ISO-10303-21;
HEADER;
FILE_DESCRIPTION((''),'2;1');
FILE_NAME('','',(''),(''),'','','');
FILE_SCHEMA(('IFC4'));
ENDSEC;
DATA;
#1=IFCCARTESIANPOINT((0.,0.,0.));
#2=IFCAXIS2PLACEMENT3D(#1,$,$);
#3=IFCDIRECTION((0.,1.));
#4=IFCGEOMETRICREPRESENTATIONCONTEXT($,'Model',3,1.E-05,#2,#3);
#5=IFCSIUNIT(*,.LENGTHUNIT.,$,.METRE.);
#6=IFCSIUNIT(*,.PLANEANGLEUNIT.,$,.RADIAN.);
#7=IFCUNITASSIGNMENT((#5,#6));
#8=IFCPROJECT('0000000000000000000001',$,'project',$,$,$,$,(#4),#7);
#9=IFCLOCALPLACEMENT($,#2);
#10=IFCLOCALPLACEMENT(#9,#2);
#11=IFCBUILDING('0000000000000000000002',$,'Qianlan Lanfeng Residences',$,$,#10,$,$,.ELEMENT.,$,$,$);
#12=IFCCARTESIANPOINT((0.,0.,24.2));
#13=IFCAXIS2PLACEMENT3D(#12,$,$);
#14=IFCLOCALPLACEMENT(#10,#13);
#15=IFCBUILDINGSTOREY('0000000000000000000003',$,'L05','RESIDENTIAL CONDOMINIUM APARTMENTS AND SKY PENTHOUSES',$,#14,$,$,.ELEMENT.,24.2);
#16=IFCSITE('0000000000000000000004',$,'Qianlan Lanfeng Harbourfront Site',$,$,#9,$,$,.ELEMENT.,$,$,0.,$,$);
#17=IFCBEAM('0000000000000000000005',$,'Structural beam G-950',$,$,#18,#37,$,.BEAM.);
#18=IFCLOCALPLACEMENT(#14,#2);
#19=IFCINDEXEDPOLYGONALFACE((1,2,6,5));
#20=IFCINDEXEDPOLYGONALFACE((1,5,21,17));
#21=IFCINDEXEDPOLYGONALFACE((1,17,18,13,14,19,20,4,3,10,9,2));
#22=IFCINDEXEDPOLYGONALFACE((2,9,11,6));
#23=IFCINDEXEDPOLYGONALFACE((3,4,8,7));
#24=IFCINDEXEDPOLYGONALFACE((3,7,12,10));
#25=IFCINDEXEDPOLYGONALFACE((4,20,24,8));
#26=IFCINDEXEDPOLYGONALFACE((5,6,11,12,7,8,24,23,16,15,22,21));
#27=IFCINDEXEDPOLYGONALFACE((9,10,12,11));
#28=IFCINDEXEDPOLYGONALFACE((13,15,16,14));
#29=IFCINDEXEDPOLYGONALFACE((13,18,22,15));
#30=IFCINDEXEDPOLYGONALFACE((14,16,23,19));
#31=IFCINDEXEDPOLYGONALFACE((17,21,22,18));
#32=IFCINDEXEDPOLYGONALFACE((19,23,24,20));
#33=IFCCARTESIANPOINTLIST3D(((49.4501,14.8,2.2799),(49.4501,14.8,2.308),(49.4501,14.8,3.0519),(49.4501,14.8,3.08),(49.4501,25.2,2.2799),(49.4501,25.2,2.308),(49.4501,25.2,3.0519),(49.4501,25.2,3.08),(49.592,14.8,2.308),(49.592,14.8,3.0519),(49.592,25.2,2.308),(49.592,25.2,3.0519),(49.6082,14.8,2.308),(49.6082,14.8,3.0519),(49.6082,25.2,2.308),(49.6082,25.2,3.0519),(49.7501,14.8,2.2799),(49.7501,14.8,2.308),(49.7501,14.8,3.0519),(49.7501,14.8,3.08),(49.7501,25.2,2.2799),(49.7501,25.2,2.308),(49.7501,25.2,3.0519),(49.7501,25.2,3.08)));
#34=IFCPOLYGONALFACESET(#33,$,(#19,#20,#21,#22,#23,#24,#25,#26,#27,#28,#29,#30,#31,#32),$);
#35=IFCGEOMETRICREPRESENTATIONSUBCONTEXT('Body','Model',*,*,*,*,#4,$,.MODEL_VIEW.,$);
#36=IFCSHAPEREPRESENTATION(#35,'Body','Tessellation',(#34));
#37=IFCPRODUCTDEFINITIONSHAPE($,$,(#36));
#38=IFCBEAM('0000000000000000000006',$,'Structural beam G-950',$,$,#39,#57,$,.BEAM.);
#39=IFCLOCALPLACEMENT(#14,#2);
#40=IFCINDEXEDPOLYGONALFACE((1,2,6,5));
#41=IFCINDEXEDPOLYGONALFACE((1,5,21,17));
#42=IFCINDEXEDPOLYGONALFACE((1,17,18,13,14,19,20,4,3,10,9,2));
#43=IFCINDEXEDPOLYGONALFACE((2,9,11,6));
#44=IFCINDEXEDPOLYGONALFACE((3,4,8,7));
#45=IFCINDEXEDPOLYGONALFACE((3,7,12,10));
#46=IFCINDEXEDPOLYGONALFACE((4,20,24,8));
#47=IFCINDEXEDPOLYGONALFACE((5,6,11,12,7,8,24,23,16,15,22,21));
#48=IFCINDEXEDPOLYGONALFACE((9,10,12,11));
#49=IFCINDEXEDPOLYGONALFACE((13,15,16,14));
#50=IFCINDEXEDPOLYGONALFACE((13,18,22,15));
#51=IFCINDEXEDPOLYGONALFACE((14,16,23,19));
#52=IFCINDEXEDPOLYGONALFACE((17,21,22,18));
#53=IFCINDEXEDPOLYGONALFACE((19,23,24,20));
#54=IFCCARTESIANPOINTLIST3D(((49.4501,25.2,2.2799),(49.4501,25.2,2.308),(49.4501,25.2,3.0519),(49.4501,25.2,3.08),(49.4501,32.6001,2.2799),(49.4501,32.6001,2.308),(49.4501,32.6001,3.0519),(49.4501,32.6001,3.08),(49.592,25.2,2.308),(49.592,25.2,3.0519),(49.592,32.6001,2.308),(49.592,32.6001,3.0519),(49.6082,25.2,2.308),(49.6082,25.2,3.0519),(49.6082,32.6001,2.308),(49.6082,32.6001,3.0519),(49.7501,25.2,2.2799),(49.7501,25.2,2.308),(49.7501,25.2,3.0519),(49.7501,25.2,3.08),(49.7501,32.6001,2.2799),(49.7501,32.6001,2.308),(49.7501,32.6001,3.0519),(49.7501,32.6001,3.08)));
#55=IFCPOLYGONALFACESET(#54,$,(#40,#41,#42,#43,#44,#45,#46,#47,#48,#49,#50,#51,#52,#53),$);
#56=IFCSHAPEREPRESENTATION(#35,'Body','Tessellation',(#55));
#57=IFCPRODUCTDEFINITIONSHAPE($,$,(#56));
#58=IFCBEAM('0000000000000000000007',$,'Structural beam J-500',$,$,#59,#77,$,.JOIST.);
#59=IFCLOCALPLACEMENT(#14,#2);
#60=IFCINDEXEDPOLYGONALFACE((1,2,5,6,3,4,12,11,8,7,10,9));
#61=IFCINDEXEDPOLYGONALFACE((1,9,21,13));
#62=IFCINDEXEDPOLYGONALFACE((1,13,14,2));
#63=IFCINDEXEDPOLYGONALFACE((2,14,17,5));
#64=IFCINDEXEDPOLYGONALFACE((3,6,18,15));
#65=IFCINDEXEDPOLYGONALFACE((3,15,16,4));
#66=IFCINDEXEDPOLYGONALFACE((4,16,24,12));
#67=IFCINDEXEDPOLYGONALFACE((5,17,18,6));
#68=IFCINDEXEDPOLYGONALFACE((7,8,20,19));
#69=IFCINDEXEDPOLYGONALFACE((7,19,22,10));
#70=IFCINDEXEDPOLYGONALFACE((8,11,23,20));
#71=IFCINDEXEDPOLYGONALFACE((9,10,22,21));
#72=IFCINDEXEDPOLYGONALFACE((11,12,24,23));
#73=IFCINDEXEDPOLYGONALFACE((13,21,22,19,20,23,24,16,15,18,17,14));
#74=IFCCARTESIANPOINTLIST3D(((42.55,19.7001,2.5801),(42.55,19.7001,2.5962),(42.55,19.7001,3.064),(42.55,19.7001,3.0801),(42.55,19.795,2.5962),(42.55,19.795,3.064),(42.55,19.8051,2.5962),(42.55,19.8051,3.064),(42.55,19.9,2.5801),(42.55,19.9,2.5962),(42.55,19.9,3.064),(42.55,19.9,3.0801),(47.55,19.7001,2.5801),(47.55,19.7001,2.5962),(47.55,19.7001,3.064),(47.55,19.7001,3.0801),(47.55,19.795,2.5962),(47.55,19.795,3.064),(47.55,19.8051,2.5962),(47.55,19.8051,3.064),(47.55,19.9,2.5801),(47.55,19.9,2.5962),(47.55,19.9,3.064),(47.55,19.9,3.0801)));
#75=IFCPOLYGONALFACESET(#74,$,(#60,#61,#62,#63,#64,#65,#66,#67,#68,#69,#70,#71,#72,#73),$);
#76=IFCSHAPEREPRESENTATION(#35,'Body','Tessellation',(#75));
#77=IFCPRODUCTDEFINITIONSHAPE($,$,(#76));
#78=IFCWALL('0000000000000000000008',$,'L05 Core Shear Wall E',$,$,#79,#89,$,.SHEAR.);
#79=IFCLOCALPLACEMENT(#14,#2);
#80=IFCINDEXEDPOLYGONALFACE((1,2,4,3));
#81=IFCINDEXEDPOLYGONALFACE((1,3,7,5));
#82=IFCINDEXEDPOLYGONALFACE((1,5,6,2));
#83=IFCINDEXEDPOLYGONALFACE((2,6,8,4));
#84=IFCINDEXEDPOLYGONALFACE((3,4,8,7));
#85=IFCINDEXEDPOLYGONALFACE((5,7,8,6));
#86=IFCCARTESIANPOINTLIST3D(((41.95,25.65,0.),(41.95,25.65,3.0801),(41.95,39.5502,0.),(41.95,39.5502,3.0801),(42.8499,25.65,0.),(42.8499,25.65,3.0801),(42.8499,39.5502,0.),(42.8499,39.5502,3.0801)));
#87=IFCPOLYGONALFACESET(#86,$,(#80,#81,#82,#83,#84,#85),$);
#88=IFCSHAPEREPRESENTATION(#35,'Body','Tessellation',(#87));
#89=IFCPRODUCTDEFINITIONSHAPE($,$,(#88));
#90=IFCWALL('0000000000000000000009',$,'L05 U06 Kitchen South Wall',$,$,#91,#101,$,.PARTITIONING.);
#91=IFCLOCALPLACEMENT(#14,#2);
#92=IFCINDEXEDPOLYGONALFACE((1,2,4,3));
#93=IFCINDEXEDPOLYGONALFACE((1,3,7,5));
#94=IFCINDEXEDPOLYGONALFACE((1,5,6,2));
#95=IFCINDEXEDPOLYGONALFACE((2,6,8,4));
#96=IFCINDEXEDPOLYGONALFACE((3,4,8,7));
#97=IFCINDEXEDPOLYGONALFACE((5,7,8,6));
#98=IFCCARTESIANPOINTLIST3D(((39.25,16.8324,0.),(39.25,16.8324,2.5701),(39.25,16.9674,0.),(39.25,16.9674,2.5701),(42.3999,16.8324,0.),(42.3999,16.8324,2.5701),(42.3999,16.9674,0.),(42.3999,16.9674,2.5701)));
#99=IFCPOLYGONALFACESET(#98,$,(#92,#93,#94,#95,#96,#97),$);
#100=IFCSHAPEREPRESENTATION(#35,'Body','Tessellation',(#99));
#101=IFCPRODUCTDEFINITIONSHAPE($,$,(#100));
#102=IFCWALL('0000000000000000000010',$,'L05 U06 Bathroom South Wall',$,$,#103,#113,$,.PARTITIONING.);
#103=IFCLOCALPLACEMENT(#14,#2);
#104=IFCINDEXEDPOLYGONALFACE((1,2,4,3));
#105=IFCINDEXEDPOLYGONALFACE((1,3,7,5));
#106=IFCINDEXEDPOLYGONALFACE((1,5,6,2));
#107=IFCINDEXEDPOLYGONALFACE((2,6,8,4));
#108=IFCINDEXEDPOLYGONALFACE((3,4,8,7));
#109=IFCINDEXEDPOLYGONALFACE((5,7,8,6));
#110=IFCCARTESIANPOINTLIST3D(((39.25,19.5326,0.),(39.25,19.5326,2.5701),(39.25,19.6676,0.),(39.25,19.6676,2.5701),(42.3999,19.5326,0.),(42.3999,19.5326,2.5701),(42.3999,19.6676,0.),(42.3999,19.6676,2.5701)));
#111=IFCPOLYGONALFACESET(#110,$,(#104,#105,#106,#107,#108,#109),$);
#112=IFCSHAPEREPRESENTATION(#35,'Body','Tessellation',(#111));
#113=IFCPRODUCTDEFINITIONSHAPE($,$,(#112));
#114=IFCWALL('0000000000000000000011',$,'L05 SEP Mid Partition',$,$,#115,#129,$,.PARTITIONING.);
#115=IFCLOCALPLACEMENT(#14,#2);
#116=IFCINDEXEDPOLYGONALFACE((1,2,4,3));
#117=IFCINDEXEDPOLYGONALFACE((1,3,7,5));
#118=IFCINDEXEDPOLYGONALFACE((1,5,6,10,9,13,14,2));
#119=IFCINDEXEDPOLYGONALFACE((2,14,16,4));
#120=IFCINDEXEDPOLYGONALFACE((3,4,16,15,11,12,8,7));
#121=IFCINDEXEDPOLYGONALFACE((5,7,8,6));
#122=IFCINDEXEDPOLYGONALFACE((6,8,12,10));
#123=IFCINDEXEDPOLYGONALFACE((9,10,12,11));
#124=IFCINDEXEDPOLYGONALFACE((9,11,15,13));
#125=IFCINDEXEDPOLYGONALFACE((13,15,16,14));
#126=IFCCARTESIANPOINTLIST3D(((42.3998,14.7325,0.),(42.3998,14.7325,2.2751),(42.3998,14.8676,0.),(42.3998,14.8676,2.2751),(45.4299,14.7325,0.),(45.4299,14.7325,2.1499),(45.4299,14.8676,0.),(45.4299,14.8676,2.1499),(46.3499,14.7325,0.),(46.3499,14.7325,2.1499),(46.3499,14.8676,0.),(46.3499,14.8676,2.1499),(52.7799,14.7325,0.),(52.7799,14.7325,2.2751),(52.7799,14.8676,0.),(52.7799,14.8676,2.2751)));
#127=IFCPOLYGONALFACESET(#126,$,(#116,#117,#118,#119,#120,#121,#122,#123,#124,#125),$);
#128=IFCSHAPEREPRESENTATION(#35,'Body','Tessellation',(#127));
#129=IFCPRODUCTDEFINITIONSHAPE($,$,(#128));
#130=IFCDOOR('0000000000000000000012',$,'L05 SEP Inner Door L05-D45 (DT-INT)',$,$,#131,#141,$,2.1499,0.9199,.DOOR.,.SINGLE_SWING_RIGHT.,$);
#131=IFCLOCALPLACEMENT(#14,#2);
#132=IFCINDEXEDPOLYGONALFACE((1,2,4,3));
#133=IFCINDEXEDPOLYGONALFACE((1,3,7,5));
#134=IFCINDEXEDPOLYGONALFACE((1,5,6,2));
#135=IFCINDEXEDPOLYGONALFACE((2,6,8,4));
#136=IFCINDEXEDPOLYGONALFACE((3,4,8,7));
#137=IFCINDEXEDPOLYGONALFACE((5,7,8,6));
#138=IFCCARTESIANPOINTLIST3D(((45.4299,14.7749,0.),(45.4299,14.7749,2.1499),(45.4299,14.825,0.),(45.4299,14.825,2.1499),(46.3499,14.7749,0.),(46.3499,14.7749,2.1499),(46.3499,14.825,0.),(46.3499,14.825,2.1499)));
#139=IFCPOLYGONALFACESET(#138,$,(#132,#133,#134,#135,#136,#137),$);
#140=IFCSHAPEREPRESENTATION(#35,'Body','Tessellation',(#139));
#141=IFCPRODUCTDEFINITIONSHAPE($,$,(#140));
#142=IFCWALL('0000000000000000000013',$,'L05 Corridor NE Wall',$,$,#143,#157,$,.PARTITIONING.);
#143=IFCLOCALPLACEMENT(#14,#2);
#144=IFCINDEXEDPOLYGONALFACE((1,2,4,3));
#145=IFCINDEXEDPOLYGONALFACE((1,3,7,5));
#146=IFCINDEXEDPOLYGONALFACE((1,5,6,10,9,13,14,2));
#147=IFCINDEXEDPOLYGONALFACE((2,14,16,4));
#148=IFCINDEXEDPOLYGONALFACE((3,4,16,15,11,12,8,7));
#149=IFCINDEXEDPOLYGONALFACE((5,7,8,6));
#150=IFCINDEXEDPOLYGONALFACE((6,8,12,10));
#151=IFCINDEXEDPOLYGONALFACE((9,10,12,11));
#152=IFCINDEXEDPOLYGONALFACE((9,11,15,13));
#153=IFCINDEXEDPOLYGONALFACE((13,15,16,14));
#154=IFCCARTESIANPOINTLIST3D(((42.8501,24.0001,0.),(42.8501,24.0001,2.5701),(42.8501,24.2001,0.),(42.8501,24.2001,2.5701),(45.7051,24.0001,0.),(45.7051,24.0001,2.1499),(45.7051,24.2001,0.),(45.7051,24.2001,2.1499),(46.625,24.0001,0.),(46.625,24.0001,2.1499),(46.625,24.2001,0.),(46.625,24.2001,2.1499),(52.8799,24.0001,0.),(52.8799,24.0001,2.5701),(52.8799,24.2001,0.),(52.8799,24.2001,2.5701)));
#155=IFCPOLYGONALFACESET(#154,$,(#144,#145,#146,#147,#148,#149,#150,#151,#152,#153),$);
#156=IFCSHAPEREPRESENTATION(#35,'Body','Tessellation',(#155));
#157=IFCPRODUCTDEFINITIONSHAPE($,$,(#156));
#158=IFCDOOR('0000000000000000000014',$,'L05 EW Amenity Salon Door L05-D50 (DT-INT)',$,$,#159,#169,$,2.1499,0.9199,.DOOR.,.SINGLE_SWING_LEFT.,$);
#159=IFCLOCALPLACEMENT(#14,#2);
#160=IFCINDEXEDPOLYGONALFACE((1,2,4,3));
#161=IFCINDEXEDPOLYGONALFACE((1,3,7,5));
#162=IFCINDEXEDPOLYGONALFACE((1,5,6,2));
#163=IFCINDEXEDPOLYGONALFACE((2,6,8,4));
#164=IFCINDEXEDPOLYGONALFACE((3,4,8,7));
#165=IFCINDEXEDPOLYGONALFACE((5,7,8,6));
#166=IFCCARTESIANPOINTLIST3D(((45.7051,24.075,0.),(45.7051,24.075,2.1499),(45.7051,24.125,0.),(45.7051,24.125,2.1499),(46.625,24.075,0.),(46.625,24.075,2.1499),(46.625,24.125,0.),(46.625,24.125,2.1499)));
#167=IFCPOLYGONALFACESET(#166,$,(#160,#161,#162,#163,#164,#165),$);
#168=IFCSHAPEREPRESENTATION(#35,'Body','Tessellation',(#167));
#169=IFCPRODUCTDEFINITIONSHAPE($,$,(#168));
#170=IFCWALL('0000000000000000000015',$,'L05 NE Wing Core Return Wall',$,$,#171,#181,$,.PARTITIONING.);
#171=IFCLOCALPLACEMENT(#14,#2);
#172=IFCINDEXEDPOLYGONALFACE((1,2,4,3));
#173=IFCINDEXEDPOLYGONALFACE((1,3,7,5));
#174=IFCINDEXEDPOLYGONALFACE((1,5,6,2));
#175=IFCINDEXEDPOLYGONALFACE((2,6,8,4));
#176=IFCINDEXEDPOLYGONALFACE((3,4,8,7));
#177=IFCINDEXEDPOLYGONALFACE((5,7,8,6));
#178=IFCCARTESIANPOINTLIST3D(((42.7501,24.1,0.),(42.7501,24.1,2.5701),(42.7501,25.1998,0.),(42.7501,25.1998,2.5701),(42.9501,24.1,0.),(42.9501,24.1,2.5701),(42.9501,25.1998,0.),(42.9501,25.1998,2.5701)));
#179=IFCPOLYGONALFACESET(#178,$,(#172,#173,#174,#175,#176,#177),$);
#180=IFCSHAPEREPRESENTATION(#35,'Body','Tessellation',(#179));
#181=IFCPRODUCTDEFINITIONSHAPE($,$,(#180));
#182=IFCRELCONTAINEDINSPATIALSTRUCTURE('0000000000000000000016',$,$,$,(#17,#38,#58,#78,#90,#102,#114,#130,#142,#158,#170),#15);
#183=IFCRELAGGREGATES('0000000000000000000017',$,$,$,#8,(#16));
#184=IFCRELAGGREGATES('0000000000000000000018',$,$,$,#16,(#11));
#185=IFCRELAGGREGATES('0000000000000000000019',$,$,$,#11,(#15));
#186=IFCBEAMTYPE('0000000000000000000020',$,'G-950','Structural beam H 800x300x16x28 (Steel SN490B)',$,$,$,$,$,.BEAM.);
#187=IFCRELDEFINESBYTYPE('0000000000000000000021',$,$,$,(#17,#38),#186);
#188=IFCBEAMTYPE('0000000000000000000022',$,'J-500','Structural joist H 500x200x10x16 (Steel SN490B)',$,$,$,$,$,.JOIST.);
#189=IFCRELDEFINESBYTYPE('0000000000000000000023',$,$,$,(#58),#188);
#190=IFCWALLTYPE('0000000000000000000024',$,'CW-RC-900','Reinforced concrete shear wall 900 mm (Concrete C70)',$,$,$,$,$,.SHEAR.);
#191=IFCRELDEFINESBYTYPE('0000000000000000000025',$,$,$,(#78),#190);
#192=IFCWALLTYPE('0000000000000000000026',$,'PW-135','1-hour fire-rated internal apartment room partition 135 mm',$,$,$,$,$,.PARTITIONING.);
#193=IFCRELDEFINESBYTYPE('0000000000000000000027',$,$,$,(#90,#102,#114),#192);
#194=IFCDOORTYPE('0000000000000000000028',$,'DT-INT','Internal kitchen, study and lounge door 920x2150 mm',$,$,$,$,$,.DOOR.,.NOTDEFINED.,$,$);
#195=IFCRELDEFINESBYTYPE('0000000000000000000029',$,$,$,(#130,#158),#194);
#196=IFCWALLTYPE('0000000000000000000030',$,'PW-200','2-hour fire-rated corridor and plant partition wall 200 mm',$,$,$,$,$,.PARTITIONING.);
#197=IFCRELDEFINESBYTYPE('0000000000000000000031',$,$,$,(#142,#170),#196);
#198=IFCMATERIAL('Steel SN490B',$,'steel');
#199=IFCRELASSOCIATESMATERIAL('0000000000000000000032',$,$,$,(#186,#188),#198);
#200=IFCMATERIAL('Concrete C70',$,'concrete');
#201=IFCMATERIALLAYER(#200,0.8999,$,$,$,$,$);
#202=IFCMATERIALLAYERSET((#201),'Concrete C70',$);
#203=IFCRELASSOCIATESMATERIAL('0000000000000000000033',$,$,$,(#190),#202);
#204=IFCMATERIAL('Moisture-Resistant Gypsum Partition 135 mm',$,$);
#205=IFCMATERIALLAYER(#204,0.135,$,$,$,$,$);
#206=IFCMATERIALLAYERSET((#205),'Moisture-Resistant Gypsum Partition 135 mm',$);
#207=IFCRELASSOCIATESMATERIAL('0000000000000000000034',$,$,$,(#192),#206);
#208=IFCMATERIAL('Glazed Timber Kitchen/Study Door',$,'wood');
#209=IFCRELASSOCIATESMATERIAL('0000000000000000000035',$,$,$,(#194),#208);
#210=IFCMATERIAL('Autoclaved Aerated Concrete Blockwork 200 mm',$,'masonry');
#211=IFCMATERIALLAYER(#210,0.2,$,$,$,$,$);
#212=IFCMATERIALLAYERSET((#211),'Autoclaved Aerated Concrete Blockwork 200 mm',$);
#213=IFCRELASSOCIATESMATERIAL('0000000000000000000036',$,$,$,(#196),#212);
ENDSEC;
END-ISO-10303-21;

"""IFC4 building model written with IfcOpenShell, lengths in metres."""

from ifc_helpers import new_model, si_unit, direction, frame, frame_2d, origin, origin_2d, place, context, subcontext, project, spatial, rectangle, i_section, extrude, material, layer, layer_set, material_profile, profile_set, type_object, element, fill, save


model = new_model("IFC4")

# Units and contexts
model_context = context("Model", 3, precision=1e-05, world=origin(), true_north=direction((0.0, 1.0)))
body_context = subcontext(model_context, "Body", "Model", "MODEL_VIEW")
ifc_project = project(units=[si_unit("LENGTHUNIT", "METRE"), si_unit("PLANEANGLEUNIT", "RADIAN")], contexts=[model_context])

# Site, building, storey
site_placement = place(None, origin())
site = spatial("IfcSite", under=ifc_project, at=site_placement, Name="Qianlan Lanfeng Harbourfront Site", CompositionType="ELEMENT", RefElevation=0.0)
building_placement = place(site_placement, origin())
building = spatial("IfcBuilding", under=site, at=building_placement, Name="Qianlan Lanfeng Residences", CompositionType="ELEMENT")
storey_placement = place(building_placement, frame((0.0, 0.0, 24.2)))
storey = spatial("IfcBuildingStorey", under=building, at=storey_placement, Name="L05", Description="RESIDENTIAL CONDOMINIUM APARTMENTS AND SKY PENTHOUSES", CompositionType="ELEMENT", Elevation=24.2)

# Beams
ifc_material_1 = material(Name="Steel SN490B", Category="steel")
ifc_material_profile_1 = material_profile(ifc_material_1, i_section(OverallWidth=0.3, OverallDepth=0.8, WebThickness=0.0161, FlangeThickness=0.0281, at=origin_2d()), Name="H 800x300x16x28")
ifc_profile_set_1 = profile_set([ifc_material_profile_1], Name="Steel SN490B")
beam_type_1 = type_object("IfcBeamType", Name="G-950", Description="Structural beam H 800x300x16x28 (Steel SN490B)", PredefinedType="BEAM", material=ifc_profile_set_1)
beam_1_placement = place(storey_placement, frame((49.6001, 14.8, 2.6799), z_axis=(0.0, 1.0, 0.0), x_axis=(-1.0, 0.0, 0.0)))
element("IfcBeam", 1, at=beam_1_placement, inside=storey, type_object=beam_type_1, Name="Structural beam G-950", PredefinedType="BEAM", context=body_context, shape_type="SweptSolid", body=[
    extrude(i_section(OverallWidth=0.3, OverallDepth=0.8, WebThickness=0.0161, FlangeThickness=0.0281, at=origin_2d()), origin(), (0.0, 0.0, 1.0), 10.3999),
])
beam_2_placement = place(storey_placement, frame((49.6001, 25.2, 2.6799), z_axis=(0.0, 1.0, 0.0), x_axis=(-1.0, 0.0, 0.0)))
element("IfcBeam", 2, at=beam_2_placement, inside=storey, type_object=beam_type_1, Name="Structural beam G-950", PredefinedType="BEAM", context=body_context, shape_type="SweptSolid", body=[
    extrude(i_section(OverallWidth=0.3, OverallDepth=0.8, WebThickness=0.0161, FlangeThickness=0.0281, at=origin_2d()), origin(), (0.0, 0.0, 1.0), 7.4001),
])
ifc_material_profile_2 = material_profile(ifc_material_1, i_section(OverallWidth=0.2, OverallDepth=0.5, WebThickness=0.01, FlangeThickness=0.0161, at=origin_2d()), Name="H 500x200x10x16")
ifc_profile_set_2 = profile_set([ifc_material_profile_2], Name="Steel SN490B")
beam_type_2 = type_object("IfcBeamType", Name="J-500", Description="Structural joist H 500x200x10x16 (Steel SN490B)", PredefinedType="JOIST", material=ifc_profile_set_2)
beam_3_placement = place(storey_placement, frame((42.55, 19.8, 2.8301), z_axis=(1.0, 0.0, 0.0), x_axis=(0.0, 1.0, 0.0)))
element("IfcBeam", 3, at=beam_3_placement, inside=storey, type_object=beam_type_2, Name="Structural beam J-500", PredefinedType="JOIST", context=body_context, shape_type="SweptSolid", body=[
    extrude(i_section(OverallWidth=0.2, OverallDepth=0.5, WebThickness=0.01, FlangeThickness=0.0161, at=origin_2d()), origin(), (0.0, 0.0, 1.0), 5.0),
])

# Walls
ifc_material_2 = material(Name="Concrete C70", Category="concrete")
ifc_layer_1 = layer(ifc_material_2, 0.8999)
ifc_layer_set_1 = layer_set([ifc_layer_1], Name="Concrete C70")
wall_type_1 = type_object("IfcWallType", Name="CW-RC-900", Description="Reinforced concrete shear wall 900 mm (Concrete C70)", PredefinedType="SHEAR", material=ifc_layer_set_1)
wall_1_placement = place(storey_placement, frame((42.3999, 25.6499, 0.0), z_axis=(0.0, 0.0, 1.0), x_axis=(0.0, 1.0, 0.0)))
element("IfcWall", 4, at=wall_1_placement, inside=storey, type_object=wall_type_1, Name="L05 Core Shear Wall E", PredefinedType="SHEAR", context=body_context, shape_type="SweptSolid", body=[
    extrude(rectangle(XDim=13.9001, YDim=0.8999, at=frame_2d((6.9502, 0.0))), origin(), (0.0, 0.0, 1.0), 3.0801),
])
ifc_material_3 = material(Name="Moisture-Resistant Gypsum Partition 135 mm")
ifc_layer_2 = layer(ifc_material_3, 0.135)
ifc_layer_set_2 = layer_set([ifc_layer_2], Name="Moisture-Resistant Gypsum Partition 135 mm")
wall_type_2 = type_object("IfcWallType", Name="PW-135", Description="1-hour fire-rated internal apartment room partition 135 mm", PredefinedType="PARTITIONING", material=ifc_layer_set_2)
for number, where, z_axis, x_axis, name in (
    (5, (39.25, 16.8999, 0.0), (0.0, 0.0, 1.0), (1.0, 0.0, 0.0), "L05 U06 Kitchen South Wall"),
    (6, (39.25, 19.6001, 0.0), (0.0, 0.0, 1.0), (1.0, 0.0, 0.0), "L05 U06 Bathroom South Wall"),
):
    element("IfcWall", number, at=place(storey_placement, frame(where, z_axis=z_axis, x_axis=x_axis)), inside=storey, type_object=wall_type_2, Name=name, PredefinedType="PARTITIONING", context=body_context, shape_type="SweptSolid", body=[
        extrude(rectangle(XDim=3.1499, YDim=0.135, at=frame_2d((1.575, 0.0))), origin(), (0.0, 0.0, 1.0), 2.5701),
    ])

# Walls, openings, doors
wall_2_placement = place(storey_placement, frame((42.3999, 14.8, 0.0), z_axis=(0.0, 0.0, 1.0), x_axis=(1.0, 0.0, 0.0)))
wall_2 = element("IfcWall", 7, at=wall_2_placement, inside=storey, type_object=wall_type_2, Name="L05 SEP Mid Partition", PredefinedType="PARTITIONING", context=body_context, shape_type="SweptSolid", body=[
    extrude(rectangle(XDim=10.3801, YDim=0.135, at=frame_2d((5.1899, 0.0))), origin(), (0.0, 0.0, 1.0), 2.2751),
])
opening_1_placement = place(wall_2_placement, frame((3.03, 0.0, 0.0)))
opening_1 = element("IfcOpeningElement", 8, at=opening_1_placement, cuts=wall_2, PredefinedType="OPENING", context=body_context, shape_type="SweptSolid", body=[
    extrude(rectangle(XDim=0.9199, YDim=2.1499, at=frame_2d((0.46, 1.075))), frame((0.0, 0.0776, 0.0), z_axis=(0.0, -1.0, 0.0), x_axis=(1.0, 0.0, 0.0)), (0.0, 0.0, 1.0), 0.155),
])
ifc_material_4 = material(Name="Glazed Timber Kitchen/Study Door", Category="wood")
door_type = type_object("IfcDoorType", Name="DT-INT", Description="Internal kitchen, study and lounge door 920x2150 mm", OperationType="NOTDEFINED", PredefinedType="DOOR", material=ifc_material_4)
door_1_placement = place(opening_1_placement, origin())
door_1 = element("IfcDoor", 9, at=door_1_placement, inside=storey, type_object=door_type, Name="L05 SEP Inner Door L05-D45 (DT-INT)", OperationType="SINGLE_SWING_RIGHT", OverallHeight=2.1499, OverallWidth=0.9199, PredefinedType="DOOR", context=body_context, shape_type="SweptSolid", body=[
    extrude(rectangle(XDim=0.9199, YDim=2.1499, at=frame_2d((0.46, 1.075))), frame((0.0, 0.0249, 0.0), z_axis=(0.0, -1.0, 0.0), x_axis=(1.0, 0.0, 0.0)), (0.0, 0.0, 1.0), 0.05),
])
fill(opening_1, door_1)
ifc_material_5 = material(Name="Autoclaved Aerated Concrete Blockwork 200 mm", Category="masonry")
ifc_layer_3 = layer(ifc_material_5, 0.2)
ifc_layer_set_3 = layer_set([ifc_layer_3], Name="Autoclaved Aerated Concrete Blockwork 200 mm")
wall_type_3 = type_object("IfcWallType", Name="PW-200", Description="2-hour fire-rated corridor and plant partition wall 200 mm", PredefinedType="PARTITIONING", material=ifc_layer_set_3)
wall_3_placement = place(storey_placement, frame((42.8501, 24.1001, 0.0), z_axis=(0.0, 0.0, 1.0), x_axis=(1.0, 0.0, 0.0)))
wall_3 = element("IfcWall", 10, at=wall_3_placement, inside=storey, type_object=wall_type_3, Name="L05 Corridor NE Wall", PredefinedType="PARTITIONING", context=body_context, shape_type="SweptSolid", body=[
    extrude(rectangle(XDim=10.0298, YDim=0.2, at=frame_2d((5.0149, 0.0))), origin(), (0.0, 0.0, 1.0), 2.5701),
])
opening_2_placement = place(wall_3_placement, frame((2.855, 0.0, 0.0)))
opening_2 = element("IfcOpeningElement", 11, at=opening_2_placement, cuts=wall_3, PredefinedType="OPENING", context=body_context, shape_type="SweptSolid", body=[
    extrude(rectangle(XDim=0.9199, YDim=2.1499, at=frame_2d((0.46, 1.075))), frame((0.0, 0.1099, 0.0), z_axis=(0.0, -1.0, 0.0), x_axis=(1.0, 0.0, 0.0)), (0.0, 0.0, 1.0), 0.22),
])
door_2_placement = place(opening_2_placement, origin())
door_2 = element("IfcDoor", 12, at=door_2_placement, inside=storey, type_object=door_type, Name="L05 EW Amenity Salon Door L05-D50 (DT-INT)", OperationType="SINGLE_SWING_LEFT", OverallHeight=2.1499, OverallWidth=0.9199, PredefinedType="DOOR", context=body_context, shape_type="SweptSolid", body=[
    extrude(rectangle(XDim=0.9199, YDim=2.1499, at=frame_2d((0.46, 1.075))), frame((0.0, 0.0249, 0.0), z_axis=(0.0, -1.0, 0.0), x_axis=(1.0, 0.0, 0.0)), (0.0, 0.0, 1.0), 0.05),
])
fill(opening_2, door_2)

# Wall
wall_4_placement = place(storey_placement, frame((42.8501, 24.1001, 0.0), z_axis=(0.0, 0.0, 1.0), x_axis=(0.0, 1.0, 0.0)))
element("IfcWall", 13, at=wall_4_placement, inside=storey, type_object=wall_type_3, Name="L05 NE Wing Core Return Wall", PredefinedType="PARTITIONING", context=body_context, shape_type="SweptSolid", body=[
    extrude(rectangle(XDim=1.0999, YDim=0.2, at=frame_2d((0.5498, 0.0))), origin(), (0.0, 0.0, 1.0), 2.5701),
])

save(model, "model.ifc")
